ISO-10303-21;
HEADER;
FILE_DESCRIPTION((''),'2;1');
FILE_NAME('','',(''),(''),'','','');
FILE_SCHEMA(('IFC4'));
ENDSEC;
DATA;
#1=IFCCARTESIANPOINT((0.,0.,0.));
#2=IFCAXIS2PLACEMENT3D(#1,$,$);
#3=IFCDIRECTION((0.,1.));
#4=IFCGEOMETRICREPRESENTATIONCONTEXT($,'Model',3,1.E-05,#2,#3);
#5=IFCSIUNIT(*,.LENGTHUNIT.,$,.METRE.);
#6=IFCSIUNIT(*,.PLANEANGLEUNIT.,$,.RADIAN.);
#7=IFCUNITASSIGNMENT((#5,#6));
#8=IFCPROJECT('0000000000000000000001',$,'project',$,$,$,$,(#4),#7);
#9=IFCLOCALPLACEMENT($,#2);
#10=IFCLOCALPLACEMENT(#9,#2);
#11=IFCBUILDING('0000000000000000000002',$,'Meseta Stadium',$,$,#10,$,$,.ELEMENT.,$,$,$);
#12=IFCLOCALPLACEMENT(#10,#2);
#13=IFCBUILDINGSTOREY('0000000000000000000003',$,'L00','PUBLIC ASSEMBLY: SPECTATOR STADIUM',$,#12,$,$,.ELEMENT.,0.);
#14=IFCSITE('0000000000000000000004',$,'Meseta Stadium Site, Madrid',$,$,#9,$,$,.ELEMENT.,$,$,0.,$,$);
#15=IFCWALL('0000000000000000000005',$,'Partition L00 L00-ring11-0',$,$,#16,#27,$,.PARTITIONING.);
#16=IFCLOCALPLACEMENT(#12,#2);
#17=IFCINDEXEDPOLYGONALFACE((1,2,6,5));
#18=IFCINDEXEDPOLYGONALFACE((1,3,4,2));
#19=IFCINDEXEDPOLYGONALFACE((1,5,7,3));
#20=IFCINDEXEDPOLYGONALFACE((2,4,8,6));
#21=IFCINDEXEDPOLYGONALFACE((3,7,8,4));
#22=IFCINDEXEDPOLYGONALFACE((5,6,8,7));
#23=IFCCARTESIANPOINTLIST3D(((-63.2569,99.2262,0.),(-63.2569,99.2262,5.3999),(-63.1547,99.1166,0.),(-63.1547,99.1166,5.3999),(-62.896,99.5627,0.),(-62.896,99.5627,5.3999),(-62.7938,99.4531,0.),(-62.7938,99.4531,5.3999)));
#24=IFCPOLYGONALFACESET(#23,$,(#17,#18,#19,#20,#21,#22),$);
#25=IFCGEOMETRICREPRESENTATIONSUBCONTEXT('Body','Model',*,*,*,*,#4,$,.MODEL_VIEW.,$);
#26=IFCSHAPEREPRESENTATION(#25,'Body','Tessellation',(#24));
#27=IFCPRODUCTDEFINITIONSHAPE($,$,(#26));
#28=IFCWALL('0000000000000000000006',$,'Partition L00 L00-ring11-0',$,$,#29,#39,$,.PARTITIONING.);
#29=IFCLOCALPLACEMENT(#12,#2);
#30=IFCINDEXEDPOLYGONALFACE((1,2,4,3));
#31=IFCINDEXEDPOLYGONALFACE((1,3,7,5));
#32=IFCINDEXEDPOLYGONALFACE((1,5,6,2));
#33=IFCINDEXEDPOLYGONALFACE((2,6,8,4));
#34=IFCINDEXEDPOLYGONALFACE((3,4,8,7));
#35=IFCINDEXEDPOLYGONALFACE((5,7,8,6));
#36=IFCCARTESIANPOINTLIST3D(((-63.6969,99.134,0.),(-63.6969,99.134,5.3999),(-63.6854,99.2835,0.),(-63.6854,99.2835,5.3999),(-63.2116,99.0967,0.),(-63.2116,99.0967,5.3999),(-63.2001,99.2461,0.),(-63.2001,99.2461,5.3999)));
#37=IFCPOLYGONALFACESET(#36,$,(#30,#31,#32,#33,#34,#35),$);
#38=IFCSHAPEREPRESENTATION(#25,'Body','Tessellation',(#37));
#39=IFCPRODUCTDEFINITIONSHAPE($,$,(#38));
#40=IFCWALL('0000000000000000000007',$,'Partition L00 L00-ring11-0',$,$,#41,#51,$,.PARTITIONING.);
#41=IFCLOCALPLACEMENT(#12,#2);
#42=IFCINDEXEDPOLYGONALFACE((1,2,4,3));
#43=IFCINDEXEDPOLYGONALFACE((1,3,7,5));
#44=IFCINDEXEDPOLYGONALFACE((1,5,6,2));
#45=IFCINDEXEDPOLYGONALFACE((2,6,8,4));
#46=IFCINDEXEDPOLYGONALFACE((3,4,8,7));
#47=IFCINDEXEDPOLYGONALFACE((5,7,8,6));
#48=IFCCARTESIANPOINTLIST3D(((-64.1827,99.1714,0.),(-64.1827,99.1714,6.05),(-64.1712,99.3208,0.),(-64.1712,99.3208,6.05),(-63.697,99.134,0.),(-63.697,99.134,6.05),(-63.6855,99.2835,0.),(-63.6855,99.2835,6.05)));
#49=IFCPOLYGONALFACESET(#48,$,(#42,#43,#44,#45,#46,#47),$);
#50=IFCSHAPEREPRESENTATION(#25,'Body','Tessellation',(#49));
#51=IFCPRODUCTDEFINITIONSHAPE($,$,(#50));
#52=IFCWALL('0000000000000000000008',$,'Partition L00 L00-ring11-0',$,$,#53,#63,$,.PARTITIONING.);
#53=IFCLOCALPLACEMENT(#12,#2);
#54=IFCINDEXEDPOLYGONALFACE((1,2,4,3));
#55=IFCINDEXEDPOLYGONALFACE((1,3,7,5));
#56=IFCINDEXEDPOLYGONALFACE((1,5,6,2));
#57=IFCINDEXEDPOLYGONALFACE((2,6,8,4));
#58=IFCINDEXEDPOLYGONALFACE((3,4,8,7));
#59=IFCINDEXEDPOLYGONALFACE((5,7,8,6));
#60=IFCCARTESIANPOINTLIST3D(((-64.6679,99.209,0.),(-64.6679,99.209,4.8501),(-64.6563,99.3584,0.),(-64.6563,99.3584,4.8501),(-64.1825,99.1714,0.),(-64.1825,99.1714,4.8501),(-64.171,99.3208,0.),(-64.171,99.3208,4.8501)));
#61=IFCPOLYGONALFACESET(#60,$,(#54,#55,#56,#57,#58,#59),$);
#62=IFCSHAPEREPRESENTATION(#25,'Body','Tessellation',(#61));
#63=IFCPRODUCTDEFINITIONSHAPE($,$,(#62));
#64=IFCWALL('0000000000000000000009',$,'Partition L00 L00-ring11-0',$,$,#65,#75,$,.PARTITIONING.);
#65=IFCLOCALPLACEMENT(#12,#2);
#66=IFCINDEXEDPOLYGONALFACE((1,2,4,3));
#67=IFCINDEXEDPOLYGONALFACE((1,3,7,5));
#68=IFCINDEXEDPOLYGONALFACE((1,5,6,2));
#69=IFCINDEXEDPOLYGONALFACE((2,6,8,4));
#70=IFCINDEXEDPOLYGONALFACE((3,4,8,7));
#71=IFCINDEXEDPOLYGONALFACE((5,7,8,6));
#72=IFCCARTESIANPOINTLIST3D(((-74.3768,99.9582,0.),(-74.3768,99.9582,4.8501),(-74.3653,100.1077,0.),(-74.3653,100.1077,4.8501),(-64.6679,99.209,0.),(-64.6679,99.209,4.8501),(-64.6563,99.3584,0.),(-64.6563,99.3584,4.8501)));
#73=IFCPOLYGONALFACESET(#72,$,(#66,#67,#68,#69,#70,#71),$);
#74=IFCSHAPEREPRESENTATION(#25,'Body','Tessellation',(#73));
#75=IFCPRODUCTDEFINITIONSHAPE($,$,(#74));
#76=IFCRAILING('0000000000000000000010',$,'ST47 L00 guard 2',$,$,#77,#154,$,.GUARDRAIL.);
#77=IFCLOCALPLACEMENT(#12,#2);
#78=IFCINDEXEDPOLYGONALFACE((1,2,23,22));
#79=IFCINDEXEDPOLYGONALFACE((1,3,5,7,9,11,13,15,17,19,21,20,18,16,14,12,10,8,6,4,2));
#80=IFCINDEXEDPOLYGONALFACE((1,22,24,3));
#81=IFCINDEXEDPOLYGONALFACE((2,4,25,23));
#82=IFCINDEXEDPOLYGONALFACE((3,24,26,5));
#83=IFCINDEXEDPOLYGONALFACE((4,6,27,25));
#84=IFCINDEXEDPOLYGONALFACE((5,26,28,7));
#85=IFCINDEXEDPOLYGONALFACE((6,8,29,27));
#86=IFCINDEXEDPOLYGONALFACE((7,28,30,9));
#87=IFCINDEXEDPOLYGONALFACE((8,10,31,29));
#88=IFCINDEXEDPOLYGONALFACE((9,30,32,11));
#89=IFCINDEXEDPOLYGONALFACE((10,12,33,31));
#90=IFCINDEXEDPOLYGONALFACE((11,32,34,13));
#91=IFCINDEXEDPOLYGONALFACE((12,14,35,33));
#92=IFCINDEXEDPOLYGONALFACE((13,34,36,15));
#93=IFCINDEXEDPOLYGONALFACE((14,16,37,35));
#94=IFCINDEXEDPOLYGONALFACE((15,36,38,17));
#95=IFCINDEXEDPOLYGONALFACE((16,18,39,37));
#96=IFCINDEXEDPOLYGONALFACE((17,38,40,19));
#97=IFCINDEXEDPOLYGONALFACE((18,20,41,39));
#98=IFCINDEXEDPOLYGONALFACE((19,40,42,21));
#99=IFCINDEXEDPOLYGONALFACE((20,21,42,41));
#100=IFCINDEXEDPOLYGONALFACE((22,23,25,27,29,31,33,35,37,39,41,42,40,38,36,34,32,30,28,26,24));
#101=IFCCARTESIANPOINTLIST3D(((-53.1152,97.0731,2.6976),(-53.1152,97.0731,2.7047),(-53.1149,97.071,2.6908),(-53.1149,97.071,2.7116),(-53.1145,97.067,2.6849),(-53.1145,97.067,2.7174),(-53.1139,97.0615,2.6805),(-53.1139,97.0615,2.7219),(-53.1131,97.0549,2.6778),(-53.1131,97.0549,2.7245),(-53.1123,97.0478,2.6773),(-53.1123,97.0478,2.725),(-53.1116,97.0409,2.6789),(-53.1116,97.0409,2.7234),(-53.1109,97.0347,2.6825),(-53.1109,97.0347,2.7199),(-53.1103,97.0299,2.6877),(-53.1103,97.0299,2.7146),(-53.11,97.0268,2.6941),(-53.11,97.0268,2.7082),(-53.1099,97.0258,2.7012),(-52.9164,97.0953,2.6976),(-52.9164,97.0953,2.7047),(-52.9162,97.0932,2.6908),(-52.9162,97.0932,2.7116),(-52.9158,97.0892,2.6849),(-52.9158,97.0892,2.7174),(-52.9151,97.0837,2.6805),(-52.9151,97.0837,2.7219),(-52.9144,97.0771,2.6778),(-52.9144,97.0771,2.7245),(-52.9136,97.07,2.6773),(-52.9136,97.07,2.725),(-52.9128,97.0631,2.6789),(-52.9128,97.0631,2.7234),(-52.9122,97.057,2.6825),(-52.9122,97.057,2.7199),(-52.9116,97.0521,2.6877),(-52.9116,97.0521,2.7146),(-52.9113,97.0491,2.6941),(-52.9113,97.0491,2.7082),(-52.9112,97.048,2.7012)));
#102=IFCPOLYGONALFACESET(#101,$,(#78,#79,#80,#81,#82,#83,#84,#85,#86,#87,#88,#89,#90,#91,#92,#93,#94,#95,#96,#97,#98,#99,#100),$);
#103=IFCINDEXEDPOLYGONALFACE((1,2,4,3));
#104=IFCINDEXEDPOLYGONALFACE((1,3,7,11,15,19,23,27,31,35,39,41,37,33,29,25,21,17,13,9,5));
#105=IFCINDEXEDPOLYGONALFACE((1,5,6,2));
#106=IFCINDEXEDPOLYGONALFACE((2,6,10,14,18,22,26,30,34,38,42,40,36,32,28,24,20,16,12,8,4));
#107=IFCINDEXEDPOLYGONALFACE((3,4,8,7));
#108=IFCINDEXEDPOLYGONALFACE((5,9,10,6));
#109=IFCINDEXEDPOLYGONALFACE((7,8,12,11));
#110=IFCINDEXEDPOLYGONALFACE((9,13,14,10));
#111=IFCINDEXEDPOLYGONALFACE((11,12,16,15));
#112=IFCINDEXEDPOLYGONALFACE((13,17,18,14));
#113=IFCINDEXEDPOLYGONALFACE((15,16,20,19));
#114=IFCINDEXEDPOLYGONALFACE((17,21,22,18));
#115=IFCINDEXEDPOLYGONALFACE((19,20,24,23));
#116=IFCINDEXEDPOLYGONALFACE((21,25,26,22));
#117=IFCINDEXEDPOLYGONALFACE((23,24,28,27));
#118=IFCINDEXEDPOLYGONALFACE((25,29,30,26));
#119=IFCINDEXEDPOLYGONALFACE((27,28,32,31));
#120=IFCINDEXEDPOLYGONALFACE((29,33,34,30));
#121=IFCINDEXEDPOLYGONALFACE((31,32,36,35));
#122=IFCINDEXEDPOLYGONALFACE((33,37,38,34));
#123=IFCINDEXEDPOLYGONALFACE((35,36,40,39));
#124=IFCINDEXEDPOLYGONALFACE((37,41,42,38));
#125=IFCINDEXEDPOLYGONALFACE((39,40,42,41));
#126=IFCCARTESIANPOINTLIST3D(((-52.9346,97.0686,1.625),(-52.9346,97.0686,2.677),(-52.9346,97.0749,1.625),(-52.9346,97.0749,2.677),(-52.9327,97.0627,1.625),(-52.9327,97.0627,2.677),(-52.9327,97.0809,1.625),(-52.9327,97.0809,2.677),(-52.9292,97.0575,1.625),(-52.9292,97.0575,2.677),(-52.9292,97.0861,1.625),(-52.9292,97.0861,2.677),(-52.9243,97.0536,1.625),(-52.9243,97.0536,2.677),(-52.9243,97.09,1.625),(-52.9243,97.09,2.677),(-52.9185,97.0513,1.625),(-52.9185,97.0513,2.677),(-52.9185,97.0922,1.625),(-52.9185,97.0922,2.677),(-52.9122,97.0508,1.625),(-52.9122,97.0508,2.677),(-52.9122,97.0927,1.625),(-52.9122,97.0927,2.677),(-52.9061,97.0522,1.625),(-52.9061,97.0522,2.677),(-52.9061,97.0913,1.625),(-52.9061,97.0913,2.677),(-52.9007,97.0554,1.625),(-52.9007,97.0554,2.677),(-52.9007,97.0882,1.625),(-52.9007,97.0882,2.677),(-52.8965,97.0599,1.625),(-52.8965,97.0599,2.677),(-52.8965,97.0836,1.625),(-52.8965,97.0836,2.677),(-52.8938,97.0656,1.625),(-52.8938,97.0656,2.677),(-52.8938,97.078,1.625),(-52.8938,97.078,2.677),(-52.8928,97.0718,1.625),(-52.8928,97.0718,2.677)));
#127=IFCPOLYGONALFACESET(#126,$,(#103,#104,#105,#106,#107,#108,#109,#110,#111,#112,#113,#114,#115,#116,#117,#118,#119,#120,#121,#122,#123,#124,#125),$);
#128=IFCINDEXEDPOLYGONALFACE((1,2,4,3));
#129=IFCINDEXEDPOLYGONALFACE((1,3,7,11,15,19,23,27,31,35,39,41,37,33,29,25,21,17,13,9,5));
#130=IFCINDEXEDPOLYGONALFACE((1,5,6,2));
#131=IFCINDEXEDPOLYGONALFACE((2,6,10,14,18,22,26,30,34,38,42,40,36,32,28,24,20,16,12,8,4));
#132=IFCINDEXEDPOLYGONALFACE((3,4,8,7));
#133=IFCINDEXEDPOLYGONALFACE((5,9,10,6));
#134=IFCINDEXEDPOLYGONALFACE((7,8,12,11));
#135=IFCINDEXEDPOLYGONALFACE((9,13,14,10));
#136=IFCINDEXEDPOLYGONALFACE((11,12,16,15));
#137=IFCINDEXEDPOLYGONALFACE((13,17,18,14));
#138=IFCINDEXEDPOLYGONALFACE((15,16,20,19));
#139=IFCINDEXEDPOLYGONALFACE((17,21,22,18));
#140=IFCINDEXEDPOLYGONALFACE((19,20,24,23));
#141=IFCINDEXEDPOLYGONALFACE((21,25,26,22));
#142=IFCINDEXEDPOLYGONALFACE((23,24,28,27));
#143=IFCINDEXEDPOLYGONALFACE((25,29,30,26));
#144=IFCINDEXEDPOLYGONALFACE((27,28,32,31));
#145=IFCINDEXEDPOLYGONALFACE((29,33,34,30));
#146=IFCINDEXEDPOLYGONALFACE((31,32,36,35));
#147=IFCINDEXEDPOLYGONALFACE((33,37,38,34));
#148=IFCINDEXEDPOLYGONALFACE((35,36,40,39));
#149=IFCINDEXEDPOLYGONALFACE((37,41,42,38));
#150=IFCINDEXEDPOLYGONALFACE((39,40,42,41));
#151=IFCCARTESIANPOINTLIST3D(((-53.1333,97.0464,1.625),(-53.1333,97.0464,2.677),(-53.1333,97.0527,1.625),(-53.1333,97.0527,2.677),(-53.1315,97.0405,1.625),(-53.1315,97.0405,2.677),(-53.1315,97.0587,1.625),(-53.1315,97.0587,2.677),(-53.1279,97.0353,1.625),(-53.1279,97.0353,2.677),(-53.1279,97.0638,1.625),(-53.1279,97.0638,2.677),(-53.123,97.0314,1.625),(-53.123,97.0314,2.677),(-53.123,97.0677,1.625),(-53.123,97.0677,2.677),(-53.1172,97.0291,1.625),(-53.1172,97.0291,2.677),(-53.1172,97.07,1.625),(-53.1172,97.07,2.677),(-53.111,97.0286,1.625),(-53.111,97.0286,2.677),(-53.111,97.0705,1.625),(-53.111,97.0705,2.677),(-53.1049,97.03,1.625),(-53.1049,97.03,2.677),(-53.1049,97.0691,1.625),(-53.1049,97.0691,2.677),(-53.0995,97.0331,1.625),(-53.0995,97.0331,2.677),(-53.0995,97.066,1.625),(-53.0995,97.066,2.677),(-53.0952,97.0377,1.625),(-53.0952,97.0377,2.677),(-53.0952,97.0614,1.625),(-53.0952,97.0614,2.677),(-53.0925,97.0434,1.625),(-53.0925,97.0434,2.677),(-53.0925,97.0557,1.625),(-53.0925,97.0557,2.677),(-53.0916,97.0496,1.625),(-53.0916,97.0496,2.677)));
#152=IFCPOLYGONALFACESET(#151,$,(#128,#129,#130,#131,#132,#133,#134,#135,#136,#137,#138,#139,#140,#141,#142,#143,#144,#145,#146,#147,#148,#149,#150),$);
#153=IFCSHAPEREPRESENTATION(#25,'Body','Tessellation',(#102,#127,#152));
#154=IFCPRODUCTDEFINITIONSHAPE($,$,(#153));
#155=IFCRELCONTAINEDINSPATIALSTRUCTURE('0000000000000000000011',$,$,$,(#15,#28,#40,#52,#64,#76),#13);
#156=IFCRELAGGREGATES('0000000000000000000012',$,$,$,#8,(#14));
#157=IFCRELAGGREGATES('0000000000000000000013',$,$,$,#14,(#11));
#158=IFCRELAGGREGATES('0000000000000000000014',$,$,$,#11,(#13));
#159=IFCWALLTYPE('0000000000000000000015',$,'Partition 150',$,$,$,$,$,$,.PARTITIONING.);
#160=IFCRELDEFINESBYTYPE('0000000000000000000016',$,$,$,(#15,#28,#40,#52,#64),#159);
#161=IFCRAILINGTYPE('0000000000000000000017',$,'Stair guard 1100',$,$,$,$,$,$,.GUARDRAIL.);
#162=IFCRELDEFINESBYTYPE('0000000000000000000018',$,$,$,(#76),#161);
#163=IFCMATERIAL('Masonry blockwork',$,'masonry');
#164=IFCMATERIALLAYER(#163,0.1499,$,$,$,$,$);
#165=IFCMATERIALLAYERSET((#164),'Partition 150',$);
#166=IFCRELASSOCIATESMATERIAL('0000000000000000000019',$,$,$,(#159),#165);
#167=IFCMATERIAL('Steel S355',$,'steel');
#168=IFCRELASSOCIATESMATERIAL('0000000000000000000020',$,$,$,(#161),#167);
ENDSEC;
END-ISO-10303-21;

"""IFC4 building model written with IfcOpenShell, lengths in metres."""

from ifc_helpers import new_model, si_unit, direction, frame, frame_2d, origin, origin_2d, place, context, subcontext, project, spatial, rectangle, circle, extrude, material, layer, layer_set, type_object, element, save


model = new_model("IFC4")

# Units and contexts
model_context = context("Model", 3, precision=1e-05, world=origin(), true_north=direction((0.0, 1.0)))
body_context = subcontext(model_context, "Body", "Model", "MODEL_VIEW")
ifc_project = project(units=[si_unit("LENGTHUNIT", "METRE"), si_unit("PLANEANGLEUNIT", "RADIAN")], contexts=[model_context])

# Site, building, storey
site_placement = place(None, origin())
site = spatial("IfcSite", under=ifc_project, at=site_placement, Name="Meseta Stadium Site, Madrid", CompositionType="ELEMENT", RefElevation=0.0)
building_placement = place(site_placement, origin())
building = spatial("IfcBuilding", under=site, at=building_placement, Name="Meseta Stadium", CompositionType="ELEMENT")
storey_placement = place(building_placement, origin())
storey = spatial("IfcBuildingStorey", under=building, at=storey_placement, Name="L00", Description="PUBLIC ASSEMBLY: SPECTATOR STADIUM", CompositionType="ELEMENT", Elevation=0.0)

# Walls
ifc_material_1 = material(Name="Masonry blockwork", Category="masonry")
ifc_layer_1 = layer(ifc_material_1, 0.1499)
ifc_layer_set_1 = layer_set([ifc_layer_1], Name="Partition 150")
wall_type_1 = type_object("IfcWallType", Name="Partition 150", PredefinedType="PARTITIONING", material=ifc_layer_set_1)
wall_1_placement = place(storey_placement, frame((-62.845, 99.5078, 0.0), z_axis=(0.0, 0.0, 1.0), x_axis=(-0.731417, -0.68193, 0.0)))
element("IfcWall", 1, at=wall_1_placement, inside=storey, type_object=wall_type_1, Name="Partition L00 L00-ring11-0", PredefinedType="PARTITIONING", context=body_context, shape_type="SweptSolid", body=[
    extrude(rectangle(XDim=0.4934, YDim=0.1499, at=frame_2d((0.2466, 0.0))), origin(), (0.0, 0.0, 1.0), 5.3999),
])
wall_2_placement = place(storey_placement, frame((-63.2058, 99.1714, 0.0), z_axis=(0.0, 0.0, 1.0), x_axis=(-0.997052, 0.076735, 0.0)))
element("IfcWall", 2, at=wall_2_placement, inside=storey, type_object=wall_type_1, Name="Partition L00 L00-ring11-0", PredefinedType="PARTITIONING", context=body_context, shape_type="SweptSolid", body=[
    extrude(rectangle(XDim=0.4868, YDim=0.1499, at=frame_2d((0.2434, 0.0))), origin(), (0.0, 0.0, 1.0), 5.3999),
])
wall_3_placement = place(storey_placement, frame((-63.6912, 99.2087, 0.0), z_axis=(0.0, 0.0, 1.0), x_axis=(-0.997054, 0.076696, 0.0)))
element("IfcWall", 3, at=wall_3_placement, inside=storey, type_object=wall_type_1, Name="Partition L00 L00-ring11-0", PredefinedType="PARTITIONING", context=body_context, shape_type="SweptSolid", body=[
    extrude(rectangle(XDim=0.4871, YDim=0.1499, at=frame_2d((0.2437, 0.0))), origin(), (0.0, 0.0, 1.0), 6.05),
])
wall_4_placement = place(storey_placement, frame((-64.1768, 99.2461, 0.0), z_axis=(0.0, 0.0, 1.0), x_axis=(-0.997013, 0.077233, 0.0)))
element("IfcWall", 4, at=wall_4_placement, inside=storey, type_object=wall_type_1, Name="Partition L00 L00-ring11-0", PredefinedType="PARTITIONING", context=body_context, shape_type="SweptSolid", body=[
    extrude(rectangle(XDim=0.4868, YDim=0.1499, at=frame_2d((0.2434, 0.0))), origin(), (0.0, 0.0, 1.0), 4.8501),
])
wall_5_placement = place(storey_placement, frame((-64.6621, 99.2837, 0.0), z_axis=(0.0, 0.0, 1.0), x_axis=(-0.997035, 0.076944, 0.0)))
element("IfcWall", 5, at=wall_5_placement, inside=storey, type_object=wall_type_1, Name="Partition L00 L00-ring11-0", PredefinedType="PARTITIONING", context=body_context, shape_type="SweptSolid", body=[
    extrude(rectangle(XDim=9.7378, YDim=0.1499, at=frame_2d((4.8689, 0.0))), origin(), (0.0, 0.0, 1.0), 4.8501),
])

# Railing
ifc_material_2 = material(Name="Steel S355", Category="steel")
railing_type = type_object("IfcRailingType", Name="Stair guard 1100", PredefinedType="GUARDRAIL", material=ifc_material_2)
for number, where, name in (
    (6, (-52.9138, 97.0718, 1.625), "ST47 L00 guard 2"),
):
    element("IfcRailing", number, at=place(storey_placement, frame(where)), inside=storey, type_object=railing_type, Name=name, PredefinedType="GUARDRAIL", context=body_context, shape_type="SweptSolid", body=[
        extrude(circle(Radius=0.0239, at=origin_2d()), frame((0.0, 0.0, 1.0762), z_axis=(-0.993809, -0.111102, 0.0), x_axis=(0.111102, -0.993809, 0.0)), (0.0, 0.0, 1.0), 0.2),
        extrude(circle(Radius=0.021, at=origin_2d()), origin(), (0.0, 0.0, 1.0), 1.052),
        extrude(circle(Radius=0.021, at=origin_2d()), frame((-0.1987, -0.0222, 0.0)), (0.0, 0.0, 1.0), 1.052),
    ])

save(model, "model.ifc")
